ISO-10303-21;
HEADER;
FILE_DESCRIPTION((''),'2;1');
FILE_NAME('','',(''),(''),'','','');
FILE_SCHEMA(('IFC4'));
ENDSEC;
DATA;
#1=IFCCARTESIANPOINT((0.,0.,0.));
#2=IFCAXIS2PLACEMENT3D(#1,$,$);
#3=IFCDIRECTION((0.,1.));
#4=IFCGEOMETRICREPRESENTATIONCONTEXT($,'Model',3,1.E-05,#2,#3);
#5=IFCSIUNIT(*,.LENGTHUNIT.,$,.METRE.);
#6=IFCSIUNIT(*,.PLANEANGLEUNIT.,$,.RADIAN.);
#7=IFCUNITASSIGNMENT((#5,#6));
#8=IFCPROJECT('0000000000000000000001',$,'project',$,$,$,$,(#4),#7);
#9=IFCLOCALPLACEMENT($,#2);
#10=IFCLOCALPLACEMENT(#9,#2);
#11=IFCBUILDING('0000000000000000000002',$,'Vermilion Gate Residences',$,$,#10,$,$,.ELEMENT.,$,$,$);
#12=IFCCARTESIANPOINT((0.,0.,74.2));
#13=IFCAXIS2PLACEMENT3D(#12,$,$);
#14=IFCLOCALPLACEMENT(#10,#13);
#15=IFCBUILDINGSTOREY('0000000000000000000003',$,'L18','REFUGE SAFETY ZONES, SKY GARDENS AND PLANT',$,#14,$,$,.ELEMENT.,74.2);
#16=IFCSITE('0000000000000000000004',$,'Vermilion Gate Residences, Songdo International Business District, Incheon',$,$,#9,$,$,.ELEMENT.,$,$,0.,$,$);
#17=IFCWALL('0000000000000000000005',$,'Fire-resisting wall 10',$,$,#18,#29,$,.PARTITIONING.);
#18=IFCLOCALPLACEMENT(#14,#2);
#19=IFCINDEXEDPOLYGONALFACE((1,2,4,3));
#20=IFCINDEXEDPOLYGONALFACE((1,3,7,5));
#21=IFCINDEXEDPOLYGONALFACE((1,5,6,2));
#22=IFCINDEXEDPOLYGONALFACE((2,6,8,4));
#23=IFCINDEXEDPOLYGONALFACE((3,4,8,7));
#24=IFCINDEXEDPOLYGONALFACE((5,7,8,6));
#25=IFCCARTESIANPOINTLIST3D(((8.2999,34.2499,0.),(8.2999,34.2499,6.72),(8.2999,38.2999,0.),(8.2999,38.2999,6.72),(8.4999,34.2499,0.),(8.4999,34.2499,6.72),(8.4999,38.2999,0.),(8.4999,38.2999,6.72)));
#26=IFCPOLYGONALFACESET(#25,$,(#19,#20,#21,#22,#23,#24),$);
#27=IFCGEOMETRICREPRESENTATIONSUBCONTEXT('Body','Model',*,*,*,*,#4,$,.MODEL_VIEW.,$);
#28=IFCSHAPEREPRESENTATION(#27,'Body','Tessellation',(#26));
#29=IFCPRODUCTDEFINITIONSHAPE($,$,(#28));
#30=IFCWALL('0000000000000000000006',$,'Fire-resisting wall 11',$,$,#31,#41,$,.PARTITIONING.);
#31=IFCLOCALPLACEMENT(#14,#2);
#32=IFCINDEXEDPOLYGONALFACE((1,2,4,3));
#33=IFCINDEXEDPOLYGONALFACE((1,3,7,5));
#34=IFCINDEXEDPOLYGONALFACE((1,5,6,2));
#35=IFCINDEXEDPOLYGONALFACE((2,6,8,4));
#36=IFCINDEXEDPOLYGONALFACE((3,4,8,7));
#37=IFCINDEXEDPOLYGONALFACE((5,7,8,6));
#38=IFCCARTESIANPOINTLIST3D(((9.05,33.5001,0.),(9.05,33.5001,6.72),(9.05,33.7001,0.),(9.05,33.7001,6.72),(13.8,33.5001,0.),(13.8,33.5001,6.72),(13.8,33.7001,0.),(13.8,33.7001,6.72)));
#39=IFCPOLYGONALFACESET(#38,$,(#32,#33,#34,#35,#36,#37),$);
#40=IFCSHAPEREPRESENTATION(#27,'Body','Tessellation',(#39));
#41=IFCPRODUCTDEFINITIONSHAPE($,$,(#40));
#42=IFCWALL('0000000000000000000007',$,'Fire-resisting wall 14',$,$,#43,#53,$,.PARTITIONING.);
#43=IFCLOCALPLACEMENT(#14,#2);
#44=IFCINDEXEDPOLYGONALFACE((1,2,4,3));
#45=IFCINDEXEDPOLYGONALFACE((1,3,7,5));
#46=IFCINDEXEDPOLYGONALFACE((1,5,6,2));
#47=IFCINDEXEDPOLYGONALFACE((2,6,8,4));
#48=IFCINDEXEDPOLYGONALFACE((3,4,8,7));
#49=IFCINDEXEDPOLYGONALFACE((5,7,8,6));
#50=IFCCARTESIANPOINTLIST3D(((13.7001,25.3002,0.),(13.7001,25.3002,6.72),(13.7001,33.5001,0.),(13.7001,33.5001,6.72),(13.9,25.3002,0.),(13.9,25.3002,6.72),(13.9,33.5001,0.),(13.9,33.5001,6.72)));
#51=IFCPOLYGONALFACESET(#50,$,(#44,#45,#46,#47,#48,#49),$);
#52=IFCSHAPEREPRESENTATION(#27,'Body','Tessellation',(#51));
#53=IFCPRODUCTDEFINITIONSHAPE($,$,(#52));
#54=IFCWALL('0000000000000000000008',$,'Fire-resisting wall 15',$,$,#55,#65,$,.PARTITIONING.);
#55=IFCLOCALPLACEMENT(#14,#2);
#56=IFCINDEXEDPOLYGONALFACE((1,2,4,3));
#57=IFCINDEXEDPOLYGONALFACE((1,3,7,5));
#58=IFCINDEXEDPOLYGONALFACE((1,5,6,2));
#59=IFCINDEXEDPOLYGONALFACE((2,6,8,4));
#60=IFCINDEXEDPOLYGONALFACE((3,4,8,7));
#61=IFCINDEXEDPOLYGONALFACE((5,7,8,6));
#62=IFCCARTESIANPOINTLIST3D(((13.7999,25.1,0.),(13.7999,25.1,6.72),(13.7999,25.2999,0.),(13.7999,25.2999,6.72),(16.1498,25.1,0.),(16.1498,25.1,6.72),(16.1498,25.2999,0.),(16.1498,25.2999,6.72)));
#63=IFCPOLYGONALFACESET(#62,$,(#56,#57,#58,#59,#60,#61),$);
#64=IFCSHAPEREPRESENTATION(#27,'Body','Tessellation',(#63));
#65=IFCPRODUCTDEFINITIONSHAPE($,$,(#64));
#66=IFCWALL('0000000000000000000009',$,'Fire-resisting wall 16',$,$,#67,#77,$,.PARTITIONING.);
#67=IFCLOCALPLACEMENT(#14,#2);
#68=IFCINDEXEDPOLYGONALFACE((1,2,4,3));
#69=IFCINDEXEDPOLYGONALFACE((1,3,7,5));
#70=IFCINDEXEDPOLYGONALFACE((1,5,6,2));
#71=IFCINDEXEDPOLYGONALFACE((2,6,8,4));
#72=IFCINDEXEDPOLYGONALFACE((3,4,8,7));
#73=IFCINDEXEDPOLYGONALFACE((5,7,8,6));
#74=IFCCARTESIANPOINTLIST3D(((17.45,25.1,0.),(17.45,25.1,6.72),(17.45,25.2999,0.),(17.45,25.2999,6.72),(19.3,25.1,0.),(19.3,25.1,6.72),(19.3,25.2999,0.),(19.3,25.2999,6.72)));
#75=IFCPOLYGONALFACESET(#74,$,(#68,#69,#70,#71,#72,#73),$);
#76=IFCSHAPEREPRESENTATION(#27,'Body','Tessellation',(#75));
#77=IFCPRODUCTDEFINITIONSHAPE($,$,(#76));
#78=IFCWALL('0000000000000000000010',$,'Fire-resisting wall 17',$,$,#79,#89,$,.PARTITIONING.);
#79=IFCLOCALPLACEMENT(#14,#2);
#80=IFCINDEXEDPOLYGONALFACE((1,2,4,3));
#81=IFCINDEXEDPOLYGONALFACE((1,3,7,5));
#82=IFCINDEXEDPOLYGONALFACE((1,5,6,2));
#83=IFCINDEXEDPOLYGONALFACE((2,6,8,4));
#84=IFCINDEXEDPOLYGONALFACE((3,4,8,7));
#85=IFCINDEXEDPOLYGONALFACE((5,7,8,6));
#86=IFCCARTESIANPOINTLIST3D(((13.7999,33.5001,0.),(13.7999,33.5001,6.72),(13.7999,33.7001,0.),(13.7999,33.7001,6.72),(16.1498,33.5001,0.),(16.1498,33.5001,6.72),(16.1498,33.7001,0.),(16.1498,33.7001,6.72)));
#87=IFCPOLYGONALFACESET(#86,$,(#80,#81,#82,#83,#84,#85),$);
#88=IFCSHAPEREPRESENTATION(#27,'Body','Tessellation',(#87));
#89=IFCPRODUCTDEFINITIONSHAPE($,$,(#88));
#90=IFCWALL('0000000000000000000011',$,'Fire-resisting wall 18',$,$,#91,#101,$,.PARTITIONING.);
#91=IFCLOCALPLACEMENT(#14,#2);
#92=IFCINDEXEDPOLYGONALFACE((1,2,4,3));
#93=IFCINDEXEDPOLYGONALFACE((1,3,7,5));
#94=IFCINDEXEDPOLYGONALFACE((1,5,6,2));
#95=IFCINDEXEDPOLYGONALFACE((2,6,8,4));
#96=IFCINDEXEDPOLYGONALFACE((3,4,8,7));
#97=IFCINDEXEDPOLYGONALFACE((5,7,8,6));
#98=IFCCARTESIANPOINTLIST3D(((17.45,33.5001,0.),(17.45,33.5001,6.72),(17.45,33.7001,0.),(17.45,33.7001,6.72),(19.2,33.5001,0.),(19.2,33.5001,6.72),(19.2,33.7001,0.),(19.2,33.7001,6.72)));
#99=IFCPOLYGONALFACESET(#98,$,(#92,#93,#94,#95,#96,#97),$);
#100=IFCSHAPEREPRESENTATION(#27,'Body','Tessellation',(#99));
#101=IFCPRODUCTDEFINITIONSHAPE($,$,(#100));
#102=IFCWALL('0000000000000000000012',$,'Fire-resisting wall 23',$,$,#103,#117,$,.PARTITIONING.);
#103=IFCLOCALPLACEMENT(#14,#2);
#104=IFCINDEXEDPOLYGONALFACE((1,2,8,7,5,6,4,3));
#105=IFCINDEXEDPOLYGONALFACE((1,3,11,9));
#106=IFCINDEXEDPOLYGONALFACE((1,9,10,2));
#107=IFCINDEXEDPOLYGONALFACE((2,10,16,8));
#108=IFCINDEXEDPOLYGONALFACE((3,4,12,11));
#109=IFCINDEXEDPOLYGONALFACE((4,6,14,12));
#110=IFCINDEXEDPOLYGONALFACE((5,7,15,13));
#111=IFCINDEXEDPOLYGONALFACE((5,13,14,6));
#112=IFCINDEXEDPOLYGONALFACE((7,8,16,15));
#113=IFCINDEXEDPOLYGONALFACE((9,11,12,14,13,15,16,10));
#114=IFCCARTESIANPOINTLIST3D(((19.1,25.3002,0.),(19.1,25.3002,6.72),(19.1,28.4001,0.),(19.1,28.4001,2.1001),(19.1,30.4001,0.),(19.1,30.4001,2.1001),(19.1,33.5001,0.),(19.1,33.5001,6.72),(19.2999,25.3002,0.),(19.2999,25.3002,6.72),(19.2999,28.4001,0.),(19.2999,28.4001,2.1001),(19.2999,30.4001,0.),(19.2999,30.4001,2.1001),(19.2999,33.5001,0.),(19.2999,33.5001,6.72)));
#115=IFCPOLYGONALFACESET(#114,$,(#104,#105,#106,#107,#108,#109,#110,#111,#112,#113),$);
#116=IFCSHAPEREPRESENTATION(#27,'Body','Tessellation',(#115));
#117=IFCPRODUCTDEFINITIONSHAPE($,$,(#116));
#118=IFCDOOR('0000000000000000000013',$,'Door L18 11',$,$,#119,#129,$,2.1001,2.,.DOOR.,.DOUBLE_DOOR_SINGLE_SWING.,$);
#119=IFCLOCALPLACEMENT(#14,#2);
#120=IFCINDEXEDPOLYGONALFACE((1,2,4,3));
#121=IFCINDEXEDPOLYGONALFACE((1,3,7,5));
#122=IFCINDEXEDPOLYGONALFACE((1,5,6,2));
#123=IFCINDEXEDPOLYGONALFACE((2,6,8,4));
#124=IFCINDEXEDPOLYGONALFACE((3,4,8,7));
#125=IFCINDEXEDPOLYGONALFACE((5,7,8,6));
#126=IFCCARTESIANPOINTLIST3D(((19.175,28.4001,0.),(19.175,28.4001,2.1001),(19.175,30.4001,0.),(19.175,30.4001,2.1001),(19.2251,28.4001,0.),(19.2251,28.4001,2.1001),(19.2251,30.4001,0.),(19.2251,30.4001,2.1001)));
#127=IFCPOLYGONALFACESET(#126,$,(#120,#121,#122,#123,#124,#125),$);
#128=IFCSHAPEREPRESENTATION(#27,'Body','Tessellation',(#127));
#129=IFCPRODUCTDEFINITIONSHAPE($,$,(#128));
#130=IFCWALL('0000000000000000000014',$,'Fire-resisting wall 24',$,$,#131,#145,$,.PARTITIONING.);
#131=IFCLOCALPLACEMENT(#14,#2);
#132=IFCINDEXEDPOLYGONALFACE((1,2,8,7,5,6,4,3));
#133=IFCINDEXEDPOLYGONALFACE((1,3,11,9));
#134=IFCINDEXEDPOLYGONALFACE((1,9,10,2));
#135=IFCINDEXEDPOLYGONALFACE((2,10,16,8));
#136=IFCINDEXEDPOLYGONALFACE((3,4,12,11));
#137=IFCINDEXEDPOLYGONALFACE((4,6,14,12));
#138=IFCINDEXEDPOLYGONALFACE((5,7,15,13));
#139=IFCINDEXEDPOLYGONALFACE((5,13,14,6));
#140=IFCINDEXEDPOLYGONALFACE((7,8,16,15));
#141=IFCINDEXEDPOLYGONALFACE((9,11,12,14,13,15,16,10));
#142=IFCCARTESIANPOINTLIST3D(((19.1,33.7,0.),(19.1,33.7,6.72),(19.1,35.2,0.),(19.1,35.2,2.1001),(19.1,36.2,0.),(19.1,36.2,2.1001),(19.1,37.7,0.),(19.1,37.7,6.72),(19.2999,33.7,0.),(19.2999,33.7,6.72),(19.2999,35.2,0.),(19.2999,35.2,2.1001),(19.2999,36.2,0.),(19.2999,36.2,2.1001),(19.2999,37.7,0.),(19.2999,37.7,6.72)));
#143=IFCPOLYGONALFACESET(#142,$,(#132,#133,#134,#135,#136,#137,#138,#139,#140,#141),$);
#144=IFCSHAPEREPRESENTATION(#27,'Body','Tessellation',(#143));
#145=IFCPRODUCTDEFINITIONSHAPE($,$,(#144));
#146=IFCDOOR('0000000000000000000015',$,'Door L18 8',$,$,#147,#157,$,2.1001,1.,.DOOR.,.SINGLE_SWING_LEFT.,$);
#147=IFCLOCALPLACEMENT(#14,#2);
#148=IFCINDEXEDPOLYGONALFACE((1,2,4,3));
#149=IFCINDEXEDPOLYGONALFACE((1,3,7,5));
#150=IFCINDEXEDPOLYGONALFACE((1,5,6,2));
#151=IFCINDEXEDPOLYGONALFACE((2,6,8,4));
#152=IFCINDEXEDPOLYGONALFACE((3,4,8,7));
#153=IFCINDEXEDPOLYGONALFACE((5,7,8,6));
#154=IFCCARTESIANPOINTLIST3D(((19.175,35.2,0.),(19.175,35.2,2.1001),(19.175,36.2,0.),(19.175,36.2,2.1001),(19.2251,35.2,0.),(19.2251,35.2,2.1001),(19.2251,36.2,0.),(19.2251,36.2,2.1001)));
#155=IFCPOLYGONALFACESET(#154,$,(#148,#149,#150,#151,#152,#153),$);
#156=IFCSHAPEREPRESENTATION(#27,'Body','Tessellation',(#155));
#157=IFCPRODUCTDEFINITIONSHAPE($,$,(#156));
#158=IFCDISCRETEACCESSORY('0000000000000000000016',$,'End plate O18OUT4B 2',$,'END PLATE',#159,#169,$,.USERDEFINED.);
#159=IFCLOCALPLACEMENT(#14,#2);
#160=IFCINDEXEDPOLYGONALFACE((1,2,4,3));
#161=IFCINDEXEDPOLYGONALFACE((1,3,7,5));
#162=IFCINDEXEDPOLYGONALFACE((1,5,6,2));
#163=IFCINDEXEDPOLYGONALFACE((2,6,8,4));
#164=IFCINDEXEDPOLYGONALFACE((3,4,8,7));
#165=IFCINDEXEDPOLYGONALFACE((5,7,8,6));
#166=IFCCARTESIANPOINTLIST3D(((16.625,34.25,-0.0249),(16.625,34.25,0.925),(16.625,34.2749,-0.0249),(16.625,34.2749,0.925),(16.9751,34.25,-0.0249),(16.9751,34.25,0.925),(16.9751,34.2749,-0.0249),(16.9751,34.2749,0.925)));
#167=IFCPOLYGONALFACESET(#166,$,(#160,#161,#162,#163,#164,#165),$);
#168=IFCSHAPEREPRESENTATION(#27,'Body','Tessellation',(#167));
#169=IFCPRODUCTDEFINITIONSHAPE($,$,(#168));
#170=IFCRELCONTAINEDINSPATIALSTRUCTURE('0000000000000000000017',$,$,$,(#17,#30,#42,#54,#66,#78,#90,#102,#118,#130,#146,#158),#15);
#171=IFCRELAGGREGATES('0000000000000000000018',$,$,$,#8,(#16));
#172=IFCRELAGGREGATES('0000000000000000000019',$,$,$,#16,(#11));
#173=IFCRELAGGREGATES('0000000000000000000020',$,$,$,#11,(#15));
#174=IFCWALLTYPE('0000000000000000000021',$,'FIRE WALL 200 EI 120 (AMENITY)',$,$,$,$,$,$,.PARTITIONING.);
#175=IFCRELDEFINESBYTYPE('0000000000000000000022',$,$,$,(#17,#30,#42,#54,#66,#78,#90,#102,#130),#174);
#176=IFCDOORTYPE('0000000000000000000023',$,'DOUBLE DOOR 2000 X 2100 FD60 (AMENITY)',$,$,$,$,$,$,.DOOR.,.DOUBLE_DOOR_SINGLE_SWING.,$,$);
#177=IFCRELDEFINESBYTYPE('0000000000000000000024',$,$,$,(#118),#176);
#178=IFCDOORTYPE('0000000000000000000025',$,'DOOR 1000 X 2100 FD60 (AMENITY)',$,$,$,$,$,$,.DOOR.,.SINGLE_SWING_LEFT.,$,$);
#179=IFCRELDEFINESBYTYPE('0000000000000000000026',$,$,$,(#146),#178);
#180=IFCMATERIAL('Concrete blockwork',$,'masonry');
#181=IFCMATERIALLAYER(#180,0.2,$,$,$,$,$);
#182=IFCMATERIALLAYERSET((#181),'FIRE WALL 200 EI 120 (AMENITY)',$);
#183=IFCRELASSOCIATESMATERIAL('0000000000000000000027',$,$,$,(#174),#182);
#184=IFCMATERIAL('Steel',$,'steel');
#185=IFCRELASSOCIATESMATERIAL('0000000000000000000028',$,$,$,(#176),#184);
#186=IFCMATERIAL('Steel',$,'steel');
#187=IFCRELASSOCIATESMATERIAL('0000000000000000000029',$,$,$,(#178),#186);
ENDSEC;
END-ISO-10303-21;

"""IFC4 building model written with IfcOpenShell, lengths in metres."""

from ifc_helpers import new_model, si_unit, direction, frame, frame_2d, origin, origin_2d, place, context, subcontext, project, spatial, rectangle, extrude, material, layer, layer_set, type_object, element, fill, save


model = new_model("IFC4")

# Units and contexts
model_context = context("Model", 3, precision=1e-05, world=origin(), true_north=direction((0.0, 1.0)))
body_context = subcontext(model_context, "Body", "Model", "MODEL_VIEW")
ifc_project = project(units=[si_unit("LENGTHUNIT", "METRE"), si_unit("PLANEANGLEUNIT", "RADIAN")], contexts=[model_context])

# Site, building, storey
site_placement = place(None, origin())
site = spatial("IfcSite", under=ifc_project, at=site_placement, Name="Vermilion Gate Residences, Songdo International Business District, Incheon", CompositionType="ELEMENT", RefElevation=0.0)
building_placement = place(site_placement, origin())
building = spatial("IfcBuilding", under=site, at=building_placement, Name="Vermilion Gate Residences", CompositionType="ELEMENT")
storey_placement = place(building_placement, frame((0.0, 0.0, 74.2)))
storey = spatial("IfcBuildingStorey", under=building, at=storey_placement, Name="L18", Description="REFUGE SAFETY ZONES, SKY GARDENS AND PLANT", CompositionType="ELEMENT", Elevation=74.2)

# Shared definitions
ifc_material_1 = material(Name="Concrete blockwork", Category="masonry")
ifc_layer_1 = layer(ifc_material_1, 0.2)
ifc_layer_set_1 = layer_set([ifc_layer_1], Name="FIRE WALL 200 EI 120 (AMENITY)")
wall_type = type_object("IfcWallType", Name="FIRE WALL 200 EI 120 (AMENITY)", PredefinedType="PARTITIONING", material=ifc_layer_set_1)

# Shared definitions
ifc_material_2 = material(Name="Steel", Category="steel")
door_type_1 = type_object("IfcDoorType", Name="DOUBLE DOOR 2000 X 2100 FD60 (AMENITY)", OperationType="DOUBLE_DOOR_SINGLE_SWING", PredefinedType="DOOR", material=ifc_material_2)

# Walls
wall_1_placement = place(storey_placement, frame((8.3999, 34.25, 0.0), z_axis=(0.0, 0.0, 1.0), x_axis=(0.0, 1.0, 0.0)))
element("IfcWall", 1, at=wall_1_placement, inside=storey, type_object=wall_type, Name="Fire-resisting wall 10", PredefinedType="PARTITIONING", context=body_context, shape_type="SweptSolid", body=[
    extrude(rectangle(XDim=4.05, YDim=0.2, at=frame_2d((2.0249, 0.0))), origin(), (0.0, 0.0, 1.0), 6.72),
])
wall_2_placement = place(storey_placement, frame((9.05, 33.6001, 0.0), z_axis=(0.0, 0.0, 1.0), x_axis=(1.0, 0.0, 0.0)))
element("IfcWall", 2, at=wall_2_placement, inside=storey, type_object=wall_type, Name="Fire-resisting wall 11", PredefinedType="PARTITIONING", context=body_context, shape_type="SweptSolid", body=[
    extrude(rectangle(XDim=4.75, YDim=0.2, at=frame_2d((2.375, 0.0))), origin(), (0.0, 0.0, 1.0), 6.72),
])
wall_3_placement = place(storey_placement, frame((13.8, 25.3, 0.0), z_axis=(0.0, 0.0, 1.0), x_axis=(0.0, 1.0, 0.0)))
element("IfcWall", 3, at=wall_3_placement, inside=storey, type_object=wall_type, Name="Fire-resisting wall 14", PredefinedType="PARTITIONING", context=body_context, shape_type="SweptSolid", body=[
    extrude(rectangle(XDim=8.2, YDim=0.2, at=frame_2d((4.1001, 0.0))), origin(), (0.0, 0.0, 1.0), 6.72),
])
wall_4_placement = place(storey_placement, frame((13.8, 25.2, 0.0), z_axis=(0.0, 0.0, 1.0), x_axis=(1.0, 0.0, 0.0)))
element("IfcWall", 4, at=wall_4_placement, inside=storey, type_object=wall_type, Name="Fire-resisting wall 15", PredefinedType="PARTITIONING", context=body_context, shape_type="SweptSolid", body=[
    extrude(rectangle(XDim=2.3499, YDim=0.2, at=frame_2d((1.1748, 0.0))), origin(), (0.0, 0.0, 1.0), 6.72),
])
wall_5_placement = place(storey_placement, frame((17.45, 25.2, 0.0), z_axis=(0.0, 0.0, 1.0), x_axis=(1.0, 0.0, 0.0)))
element("IfcWall", 5, at=wall_5_placement, inside=storey, type_object=wall_type, Name="Fire-resisting wall 16", PredefinedType="PARTITIONING", context=body_context, shape_type="SweptSolid", body=[
    extrude(rectangle(XDim=1.8501, YDim=0.2, at=frame_2d((0.925, 0.0))), origin(), (0.0, 0.0, 1.0), 6.72),
])
wall_6_placement = place(storey_placement, frame((13.8, 33.6001, 0.0), z_axis=(0.0, 0.0, 1.0), x_axis=(1.0, 0.0, 0.0)))
element("IfcWall", 6, at=wall_6_placement, inside=storey, type_object=wall_type, Name="Fire-resisting wall 17", PredefinedType="PARTITIONING", context=body_context, shape_type="SweptSolid", body=[
    extrude(rectangle(XDim=2.3499, YDim=0.2, at=frame_2d((1.1748, 0.0))), origin(), (0.0, 0.0, 1.0), 6.72),
])
wall_7_placement = place(storey_placement, frame((17.45, 33.6001, 0.0), z_axis=(0.0, 0.0, 1.0), x_axis=(1.0, 0.0, 0.0)))
element("IfcWall", 7, at=wall_7_placement, inside=storey, type_object=wall_type, Name="Fire-resisting wall 18", PredefinedType="PARTITIONING", context=body_context, shape_type="SweptSolid", body=[
    extrude(rectangle(XDim=1.75, YDim=0.2, at=frame_2d((0.875, 0.0))), origin(), (0.0, 0.0, 1.0), 6.72),
])

# Walls, openings, doors
wall_8_placement = place(storey_placement, frame((19.2, 25.3, 0.0), z_axis=(0.0, 0.0, 1.0), x_axis=(0.0, 1.0, 0.0)))
wall_8 = element("IfcWall", 8, at=wall_8_placement, inside=storey, type_object=wall_type, Name="Fire-resisting wall 23", PredefinedType="PARTITIONING", context=body_context, shape_type="SweptSolid", body=[
    extrude(rectangle(XDim=8.2, YDim=0.2, at=frame_2d((4.1001, 0.0))), origin(), (0.0, 0.0, 1.0), 6.72),
])
opening_1_placement = place(wall_8_placement, frame((3.1001, 0.0, 0.0)))
opening_1 = element("IfcOpeningElement", 9, at=opening_1_placement, cuts=wall_8, PredefinedType="OPENING", context=body_context, shape_type="SweptSolid", body=[
    extrude(rectangle(XDim=2.0, YDim=2.1001, at=frame_2d((1.0, 1.05))), frame((0.0, 0.1099, 0.0), z_axis=(0.0, -1.0, 0.0), x_axis=(1.0, 0.0, 0.0)), (0.0, 0.0, 1.0), 0.22),
])
door_1_placement = place(opening_1_placement, origin())
door_1 = element("IfcDoor", 10, at=door_1_placement, inside=storey, type_object=door_type_1, Name="Door L18 11", OperationType="DOUBLE_DOOR_SINGLE_SWING", OverallHeight=2.1001, OverallWidth=2.0, PredefinedType="DOOR", context=body_context, shape_type="SweptSolid", body=[
    extrude(rectangle(XDim=2.0, YDim=2.1001, at=frame_2d((1.0, 1.05))), frame((0.0, 0.0249, 0.0), z_axis=(0.0, -1.0, 0.0), x_axis=(1.0, 0.0, 0.0)), (0.0, 0.0, 1.0), 0.05),
])
fill(opening_1, door_1)
wall_9_placement = place(storey_placement, frame((19.2, 33.7, 0.0), z_axis=(0.0, 0.0, 1.0), x_axis=(0.0, 1.0, 0.0)))
wall_9 = element("IfcWall", 11, at=wall_9_placement, inside=storey, type_object=wall_type, Name="Fire-resisting wall 24", PredefinedType="PARTITIONING", context=body_context, shape_type="SweptSolid", body=[
    extrude(rectangle(XDim=4.0, YDim=0.2, at=frame_2d((2.0, 0.0))), origin(), (0.0, 0.0, 1.0), 6.72),
])
opening_2_placement = place(wall_9_placement, frame((1.5, 0.0, 0.0)))
opening_2 = element("IfcOpeningElement", 12, at=opening_2_placement, cuts=wall_9, PredefinedType="OPENING", context=body_context, shape_type="SweptSolid", body=[
    extrude(rectangle(XDim=1.0, YDim=2.1001, at=frame_2d((0.5, 1.05))), frame((0.0, 0.1099, 0.0), z_axis=(0.0, -1.0, 0.0), x_axis=(1.0, 0.0, 0.0)), (0.0, 0.0, 1.0), 0.22),
])
ifc_material_3 = material(Name="Steel", Category="steel")
door_type_2 = type_object("IfcDoorType", Name="DOOR 1000 X 2100 FD60 (AMENITY)", OperationType="SINGLE_SWING_LEFT", PredefinedType="DOOR", material=ifc_material_3)
door_2_placement = place(opening_2_placement, origin())
door_2 = element("IfcDoor", 13, at=door_2_placement, inside=storey, type_object=door_type_2, Name="Door L18 8", OperationType="SINGLE_SWING_LEFT", OverallHeight=2.1001, OverallWidth=1.0, PredefinedType="DOOR", context=body_context, shape_type="SweptSolid", body=[
    extrude(rectangle(XDim=1.0, YDim=2.1001, at=frame_2d((0.5, 1.05))), frame((0.0, 0.0249, 0.0), z_axis=(0.0, -1.0, 0.0), x_axis=(1.0, 0.0, 0.0)), (0.0, 0.0, 1.0), 0.05),
])
fill(opening_2, door_2)

# Discrete accessory
discrete_accessory_placement = place(storey_placement, frame((16.8, 34.2625, -0.0249), z_axis=(0.0, 0.0, 1.0), x_axis=(1.0, 0.0, 0.0)))
element("IfcDiscreteAccessory", 14, at=discrete_accessory_placement, inside=storey, Name="End plate O18OUT4B 2", ObjectType="END PLATE", PredefinedType="USERDEFINED", context=body_context, shape_type="SweptSolid", body=[
    extrude(rectangle(XDim=0.3501, YDim=0.0249, at=origin_2d()), origin(), (0.0, 0.0, 1.0), 0.95),
])

save(model, "model.ifc")
